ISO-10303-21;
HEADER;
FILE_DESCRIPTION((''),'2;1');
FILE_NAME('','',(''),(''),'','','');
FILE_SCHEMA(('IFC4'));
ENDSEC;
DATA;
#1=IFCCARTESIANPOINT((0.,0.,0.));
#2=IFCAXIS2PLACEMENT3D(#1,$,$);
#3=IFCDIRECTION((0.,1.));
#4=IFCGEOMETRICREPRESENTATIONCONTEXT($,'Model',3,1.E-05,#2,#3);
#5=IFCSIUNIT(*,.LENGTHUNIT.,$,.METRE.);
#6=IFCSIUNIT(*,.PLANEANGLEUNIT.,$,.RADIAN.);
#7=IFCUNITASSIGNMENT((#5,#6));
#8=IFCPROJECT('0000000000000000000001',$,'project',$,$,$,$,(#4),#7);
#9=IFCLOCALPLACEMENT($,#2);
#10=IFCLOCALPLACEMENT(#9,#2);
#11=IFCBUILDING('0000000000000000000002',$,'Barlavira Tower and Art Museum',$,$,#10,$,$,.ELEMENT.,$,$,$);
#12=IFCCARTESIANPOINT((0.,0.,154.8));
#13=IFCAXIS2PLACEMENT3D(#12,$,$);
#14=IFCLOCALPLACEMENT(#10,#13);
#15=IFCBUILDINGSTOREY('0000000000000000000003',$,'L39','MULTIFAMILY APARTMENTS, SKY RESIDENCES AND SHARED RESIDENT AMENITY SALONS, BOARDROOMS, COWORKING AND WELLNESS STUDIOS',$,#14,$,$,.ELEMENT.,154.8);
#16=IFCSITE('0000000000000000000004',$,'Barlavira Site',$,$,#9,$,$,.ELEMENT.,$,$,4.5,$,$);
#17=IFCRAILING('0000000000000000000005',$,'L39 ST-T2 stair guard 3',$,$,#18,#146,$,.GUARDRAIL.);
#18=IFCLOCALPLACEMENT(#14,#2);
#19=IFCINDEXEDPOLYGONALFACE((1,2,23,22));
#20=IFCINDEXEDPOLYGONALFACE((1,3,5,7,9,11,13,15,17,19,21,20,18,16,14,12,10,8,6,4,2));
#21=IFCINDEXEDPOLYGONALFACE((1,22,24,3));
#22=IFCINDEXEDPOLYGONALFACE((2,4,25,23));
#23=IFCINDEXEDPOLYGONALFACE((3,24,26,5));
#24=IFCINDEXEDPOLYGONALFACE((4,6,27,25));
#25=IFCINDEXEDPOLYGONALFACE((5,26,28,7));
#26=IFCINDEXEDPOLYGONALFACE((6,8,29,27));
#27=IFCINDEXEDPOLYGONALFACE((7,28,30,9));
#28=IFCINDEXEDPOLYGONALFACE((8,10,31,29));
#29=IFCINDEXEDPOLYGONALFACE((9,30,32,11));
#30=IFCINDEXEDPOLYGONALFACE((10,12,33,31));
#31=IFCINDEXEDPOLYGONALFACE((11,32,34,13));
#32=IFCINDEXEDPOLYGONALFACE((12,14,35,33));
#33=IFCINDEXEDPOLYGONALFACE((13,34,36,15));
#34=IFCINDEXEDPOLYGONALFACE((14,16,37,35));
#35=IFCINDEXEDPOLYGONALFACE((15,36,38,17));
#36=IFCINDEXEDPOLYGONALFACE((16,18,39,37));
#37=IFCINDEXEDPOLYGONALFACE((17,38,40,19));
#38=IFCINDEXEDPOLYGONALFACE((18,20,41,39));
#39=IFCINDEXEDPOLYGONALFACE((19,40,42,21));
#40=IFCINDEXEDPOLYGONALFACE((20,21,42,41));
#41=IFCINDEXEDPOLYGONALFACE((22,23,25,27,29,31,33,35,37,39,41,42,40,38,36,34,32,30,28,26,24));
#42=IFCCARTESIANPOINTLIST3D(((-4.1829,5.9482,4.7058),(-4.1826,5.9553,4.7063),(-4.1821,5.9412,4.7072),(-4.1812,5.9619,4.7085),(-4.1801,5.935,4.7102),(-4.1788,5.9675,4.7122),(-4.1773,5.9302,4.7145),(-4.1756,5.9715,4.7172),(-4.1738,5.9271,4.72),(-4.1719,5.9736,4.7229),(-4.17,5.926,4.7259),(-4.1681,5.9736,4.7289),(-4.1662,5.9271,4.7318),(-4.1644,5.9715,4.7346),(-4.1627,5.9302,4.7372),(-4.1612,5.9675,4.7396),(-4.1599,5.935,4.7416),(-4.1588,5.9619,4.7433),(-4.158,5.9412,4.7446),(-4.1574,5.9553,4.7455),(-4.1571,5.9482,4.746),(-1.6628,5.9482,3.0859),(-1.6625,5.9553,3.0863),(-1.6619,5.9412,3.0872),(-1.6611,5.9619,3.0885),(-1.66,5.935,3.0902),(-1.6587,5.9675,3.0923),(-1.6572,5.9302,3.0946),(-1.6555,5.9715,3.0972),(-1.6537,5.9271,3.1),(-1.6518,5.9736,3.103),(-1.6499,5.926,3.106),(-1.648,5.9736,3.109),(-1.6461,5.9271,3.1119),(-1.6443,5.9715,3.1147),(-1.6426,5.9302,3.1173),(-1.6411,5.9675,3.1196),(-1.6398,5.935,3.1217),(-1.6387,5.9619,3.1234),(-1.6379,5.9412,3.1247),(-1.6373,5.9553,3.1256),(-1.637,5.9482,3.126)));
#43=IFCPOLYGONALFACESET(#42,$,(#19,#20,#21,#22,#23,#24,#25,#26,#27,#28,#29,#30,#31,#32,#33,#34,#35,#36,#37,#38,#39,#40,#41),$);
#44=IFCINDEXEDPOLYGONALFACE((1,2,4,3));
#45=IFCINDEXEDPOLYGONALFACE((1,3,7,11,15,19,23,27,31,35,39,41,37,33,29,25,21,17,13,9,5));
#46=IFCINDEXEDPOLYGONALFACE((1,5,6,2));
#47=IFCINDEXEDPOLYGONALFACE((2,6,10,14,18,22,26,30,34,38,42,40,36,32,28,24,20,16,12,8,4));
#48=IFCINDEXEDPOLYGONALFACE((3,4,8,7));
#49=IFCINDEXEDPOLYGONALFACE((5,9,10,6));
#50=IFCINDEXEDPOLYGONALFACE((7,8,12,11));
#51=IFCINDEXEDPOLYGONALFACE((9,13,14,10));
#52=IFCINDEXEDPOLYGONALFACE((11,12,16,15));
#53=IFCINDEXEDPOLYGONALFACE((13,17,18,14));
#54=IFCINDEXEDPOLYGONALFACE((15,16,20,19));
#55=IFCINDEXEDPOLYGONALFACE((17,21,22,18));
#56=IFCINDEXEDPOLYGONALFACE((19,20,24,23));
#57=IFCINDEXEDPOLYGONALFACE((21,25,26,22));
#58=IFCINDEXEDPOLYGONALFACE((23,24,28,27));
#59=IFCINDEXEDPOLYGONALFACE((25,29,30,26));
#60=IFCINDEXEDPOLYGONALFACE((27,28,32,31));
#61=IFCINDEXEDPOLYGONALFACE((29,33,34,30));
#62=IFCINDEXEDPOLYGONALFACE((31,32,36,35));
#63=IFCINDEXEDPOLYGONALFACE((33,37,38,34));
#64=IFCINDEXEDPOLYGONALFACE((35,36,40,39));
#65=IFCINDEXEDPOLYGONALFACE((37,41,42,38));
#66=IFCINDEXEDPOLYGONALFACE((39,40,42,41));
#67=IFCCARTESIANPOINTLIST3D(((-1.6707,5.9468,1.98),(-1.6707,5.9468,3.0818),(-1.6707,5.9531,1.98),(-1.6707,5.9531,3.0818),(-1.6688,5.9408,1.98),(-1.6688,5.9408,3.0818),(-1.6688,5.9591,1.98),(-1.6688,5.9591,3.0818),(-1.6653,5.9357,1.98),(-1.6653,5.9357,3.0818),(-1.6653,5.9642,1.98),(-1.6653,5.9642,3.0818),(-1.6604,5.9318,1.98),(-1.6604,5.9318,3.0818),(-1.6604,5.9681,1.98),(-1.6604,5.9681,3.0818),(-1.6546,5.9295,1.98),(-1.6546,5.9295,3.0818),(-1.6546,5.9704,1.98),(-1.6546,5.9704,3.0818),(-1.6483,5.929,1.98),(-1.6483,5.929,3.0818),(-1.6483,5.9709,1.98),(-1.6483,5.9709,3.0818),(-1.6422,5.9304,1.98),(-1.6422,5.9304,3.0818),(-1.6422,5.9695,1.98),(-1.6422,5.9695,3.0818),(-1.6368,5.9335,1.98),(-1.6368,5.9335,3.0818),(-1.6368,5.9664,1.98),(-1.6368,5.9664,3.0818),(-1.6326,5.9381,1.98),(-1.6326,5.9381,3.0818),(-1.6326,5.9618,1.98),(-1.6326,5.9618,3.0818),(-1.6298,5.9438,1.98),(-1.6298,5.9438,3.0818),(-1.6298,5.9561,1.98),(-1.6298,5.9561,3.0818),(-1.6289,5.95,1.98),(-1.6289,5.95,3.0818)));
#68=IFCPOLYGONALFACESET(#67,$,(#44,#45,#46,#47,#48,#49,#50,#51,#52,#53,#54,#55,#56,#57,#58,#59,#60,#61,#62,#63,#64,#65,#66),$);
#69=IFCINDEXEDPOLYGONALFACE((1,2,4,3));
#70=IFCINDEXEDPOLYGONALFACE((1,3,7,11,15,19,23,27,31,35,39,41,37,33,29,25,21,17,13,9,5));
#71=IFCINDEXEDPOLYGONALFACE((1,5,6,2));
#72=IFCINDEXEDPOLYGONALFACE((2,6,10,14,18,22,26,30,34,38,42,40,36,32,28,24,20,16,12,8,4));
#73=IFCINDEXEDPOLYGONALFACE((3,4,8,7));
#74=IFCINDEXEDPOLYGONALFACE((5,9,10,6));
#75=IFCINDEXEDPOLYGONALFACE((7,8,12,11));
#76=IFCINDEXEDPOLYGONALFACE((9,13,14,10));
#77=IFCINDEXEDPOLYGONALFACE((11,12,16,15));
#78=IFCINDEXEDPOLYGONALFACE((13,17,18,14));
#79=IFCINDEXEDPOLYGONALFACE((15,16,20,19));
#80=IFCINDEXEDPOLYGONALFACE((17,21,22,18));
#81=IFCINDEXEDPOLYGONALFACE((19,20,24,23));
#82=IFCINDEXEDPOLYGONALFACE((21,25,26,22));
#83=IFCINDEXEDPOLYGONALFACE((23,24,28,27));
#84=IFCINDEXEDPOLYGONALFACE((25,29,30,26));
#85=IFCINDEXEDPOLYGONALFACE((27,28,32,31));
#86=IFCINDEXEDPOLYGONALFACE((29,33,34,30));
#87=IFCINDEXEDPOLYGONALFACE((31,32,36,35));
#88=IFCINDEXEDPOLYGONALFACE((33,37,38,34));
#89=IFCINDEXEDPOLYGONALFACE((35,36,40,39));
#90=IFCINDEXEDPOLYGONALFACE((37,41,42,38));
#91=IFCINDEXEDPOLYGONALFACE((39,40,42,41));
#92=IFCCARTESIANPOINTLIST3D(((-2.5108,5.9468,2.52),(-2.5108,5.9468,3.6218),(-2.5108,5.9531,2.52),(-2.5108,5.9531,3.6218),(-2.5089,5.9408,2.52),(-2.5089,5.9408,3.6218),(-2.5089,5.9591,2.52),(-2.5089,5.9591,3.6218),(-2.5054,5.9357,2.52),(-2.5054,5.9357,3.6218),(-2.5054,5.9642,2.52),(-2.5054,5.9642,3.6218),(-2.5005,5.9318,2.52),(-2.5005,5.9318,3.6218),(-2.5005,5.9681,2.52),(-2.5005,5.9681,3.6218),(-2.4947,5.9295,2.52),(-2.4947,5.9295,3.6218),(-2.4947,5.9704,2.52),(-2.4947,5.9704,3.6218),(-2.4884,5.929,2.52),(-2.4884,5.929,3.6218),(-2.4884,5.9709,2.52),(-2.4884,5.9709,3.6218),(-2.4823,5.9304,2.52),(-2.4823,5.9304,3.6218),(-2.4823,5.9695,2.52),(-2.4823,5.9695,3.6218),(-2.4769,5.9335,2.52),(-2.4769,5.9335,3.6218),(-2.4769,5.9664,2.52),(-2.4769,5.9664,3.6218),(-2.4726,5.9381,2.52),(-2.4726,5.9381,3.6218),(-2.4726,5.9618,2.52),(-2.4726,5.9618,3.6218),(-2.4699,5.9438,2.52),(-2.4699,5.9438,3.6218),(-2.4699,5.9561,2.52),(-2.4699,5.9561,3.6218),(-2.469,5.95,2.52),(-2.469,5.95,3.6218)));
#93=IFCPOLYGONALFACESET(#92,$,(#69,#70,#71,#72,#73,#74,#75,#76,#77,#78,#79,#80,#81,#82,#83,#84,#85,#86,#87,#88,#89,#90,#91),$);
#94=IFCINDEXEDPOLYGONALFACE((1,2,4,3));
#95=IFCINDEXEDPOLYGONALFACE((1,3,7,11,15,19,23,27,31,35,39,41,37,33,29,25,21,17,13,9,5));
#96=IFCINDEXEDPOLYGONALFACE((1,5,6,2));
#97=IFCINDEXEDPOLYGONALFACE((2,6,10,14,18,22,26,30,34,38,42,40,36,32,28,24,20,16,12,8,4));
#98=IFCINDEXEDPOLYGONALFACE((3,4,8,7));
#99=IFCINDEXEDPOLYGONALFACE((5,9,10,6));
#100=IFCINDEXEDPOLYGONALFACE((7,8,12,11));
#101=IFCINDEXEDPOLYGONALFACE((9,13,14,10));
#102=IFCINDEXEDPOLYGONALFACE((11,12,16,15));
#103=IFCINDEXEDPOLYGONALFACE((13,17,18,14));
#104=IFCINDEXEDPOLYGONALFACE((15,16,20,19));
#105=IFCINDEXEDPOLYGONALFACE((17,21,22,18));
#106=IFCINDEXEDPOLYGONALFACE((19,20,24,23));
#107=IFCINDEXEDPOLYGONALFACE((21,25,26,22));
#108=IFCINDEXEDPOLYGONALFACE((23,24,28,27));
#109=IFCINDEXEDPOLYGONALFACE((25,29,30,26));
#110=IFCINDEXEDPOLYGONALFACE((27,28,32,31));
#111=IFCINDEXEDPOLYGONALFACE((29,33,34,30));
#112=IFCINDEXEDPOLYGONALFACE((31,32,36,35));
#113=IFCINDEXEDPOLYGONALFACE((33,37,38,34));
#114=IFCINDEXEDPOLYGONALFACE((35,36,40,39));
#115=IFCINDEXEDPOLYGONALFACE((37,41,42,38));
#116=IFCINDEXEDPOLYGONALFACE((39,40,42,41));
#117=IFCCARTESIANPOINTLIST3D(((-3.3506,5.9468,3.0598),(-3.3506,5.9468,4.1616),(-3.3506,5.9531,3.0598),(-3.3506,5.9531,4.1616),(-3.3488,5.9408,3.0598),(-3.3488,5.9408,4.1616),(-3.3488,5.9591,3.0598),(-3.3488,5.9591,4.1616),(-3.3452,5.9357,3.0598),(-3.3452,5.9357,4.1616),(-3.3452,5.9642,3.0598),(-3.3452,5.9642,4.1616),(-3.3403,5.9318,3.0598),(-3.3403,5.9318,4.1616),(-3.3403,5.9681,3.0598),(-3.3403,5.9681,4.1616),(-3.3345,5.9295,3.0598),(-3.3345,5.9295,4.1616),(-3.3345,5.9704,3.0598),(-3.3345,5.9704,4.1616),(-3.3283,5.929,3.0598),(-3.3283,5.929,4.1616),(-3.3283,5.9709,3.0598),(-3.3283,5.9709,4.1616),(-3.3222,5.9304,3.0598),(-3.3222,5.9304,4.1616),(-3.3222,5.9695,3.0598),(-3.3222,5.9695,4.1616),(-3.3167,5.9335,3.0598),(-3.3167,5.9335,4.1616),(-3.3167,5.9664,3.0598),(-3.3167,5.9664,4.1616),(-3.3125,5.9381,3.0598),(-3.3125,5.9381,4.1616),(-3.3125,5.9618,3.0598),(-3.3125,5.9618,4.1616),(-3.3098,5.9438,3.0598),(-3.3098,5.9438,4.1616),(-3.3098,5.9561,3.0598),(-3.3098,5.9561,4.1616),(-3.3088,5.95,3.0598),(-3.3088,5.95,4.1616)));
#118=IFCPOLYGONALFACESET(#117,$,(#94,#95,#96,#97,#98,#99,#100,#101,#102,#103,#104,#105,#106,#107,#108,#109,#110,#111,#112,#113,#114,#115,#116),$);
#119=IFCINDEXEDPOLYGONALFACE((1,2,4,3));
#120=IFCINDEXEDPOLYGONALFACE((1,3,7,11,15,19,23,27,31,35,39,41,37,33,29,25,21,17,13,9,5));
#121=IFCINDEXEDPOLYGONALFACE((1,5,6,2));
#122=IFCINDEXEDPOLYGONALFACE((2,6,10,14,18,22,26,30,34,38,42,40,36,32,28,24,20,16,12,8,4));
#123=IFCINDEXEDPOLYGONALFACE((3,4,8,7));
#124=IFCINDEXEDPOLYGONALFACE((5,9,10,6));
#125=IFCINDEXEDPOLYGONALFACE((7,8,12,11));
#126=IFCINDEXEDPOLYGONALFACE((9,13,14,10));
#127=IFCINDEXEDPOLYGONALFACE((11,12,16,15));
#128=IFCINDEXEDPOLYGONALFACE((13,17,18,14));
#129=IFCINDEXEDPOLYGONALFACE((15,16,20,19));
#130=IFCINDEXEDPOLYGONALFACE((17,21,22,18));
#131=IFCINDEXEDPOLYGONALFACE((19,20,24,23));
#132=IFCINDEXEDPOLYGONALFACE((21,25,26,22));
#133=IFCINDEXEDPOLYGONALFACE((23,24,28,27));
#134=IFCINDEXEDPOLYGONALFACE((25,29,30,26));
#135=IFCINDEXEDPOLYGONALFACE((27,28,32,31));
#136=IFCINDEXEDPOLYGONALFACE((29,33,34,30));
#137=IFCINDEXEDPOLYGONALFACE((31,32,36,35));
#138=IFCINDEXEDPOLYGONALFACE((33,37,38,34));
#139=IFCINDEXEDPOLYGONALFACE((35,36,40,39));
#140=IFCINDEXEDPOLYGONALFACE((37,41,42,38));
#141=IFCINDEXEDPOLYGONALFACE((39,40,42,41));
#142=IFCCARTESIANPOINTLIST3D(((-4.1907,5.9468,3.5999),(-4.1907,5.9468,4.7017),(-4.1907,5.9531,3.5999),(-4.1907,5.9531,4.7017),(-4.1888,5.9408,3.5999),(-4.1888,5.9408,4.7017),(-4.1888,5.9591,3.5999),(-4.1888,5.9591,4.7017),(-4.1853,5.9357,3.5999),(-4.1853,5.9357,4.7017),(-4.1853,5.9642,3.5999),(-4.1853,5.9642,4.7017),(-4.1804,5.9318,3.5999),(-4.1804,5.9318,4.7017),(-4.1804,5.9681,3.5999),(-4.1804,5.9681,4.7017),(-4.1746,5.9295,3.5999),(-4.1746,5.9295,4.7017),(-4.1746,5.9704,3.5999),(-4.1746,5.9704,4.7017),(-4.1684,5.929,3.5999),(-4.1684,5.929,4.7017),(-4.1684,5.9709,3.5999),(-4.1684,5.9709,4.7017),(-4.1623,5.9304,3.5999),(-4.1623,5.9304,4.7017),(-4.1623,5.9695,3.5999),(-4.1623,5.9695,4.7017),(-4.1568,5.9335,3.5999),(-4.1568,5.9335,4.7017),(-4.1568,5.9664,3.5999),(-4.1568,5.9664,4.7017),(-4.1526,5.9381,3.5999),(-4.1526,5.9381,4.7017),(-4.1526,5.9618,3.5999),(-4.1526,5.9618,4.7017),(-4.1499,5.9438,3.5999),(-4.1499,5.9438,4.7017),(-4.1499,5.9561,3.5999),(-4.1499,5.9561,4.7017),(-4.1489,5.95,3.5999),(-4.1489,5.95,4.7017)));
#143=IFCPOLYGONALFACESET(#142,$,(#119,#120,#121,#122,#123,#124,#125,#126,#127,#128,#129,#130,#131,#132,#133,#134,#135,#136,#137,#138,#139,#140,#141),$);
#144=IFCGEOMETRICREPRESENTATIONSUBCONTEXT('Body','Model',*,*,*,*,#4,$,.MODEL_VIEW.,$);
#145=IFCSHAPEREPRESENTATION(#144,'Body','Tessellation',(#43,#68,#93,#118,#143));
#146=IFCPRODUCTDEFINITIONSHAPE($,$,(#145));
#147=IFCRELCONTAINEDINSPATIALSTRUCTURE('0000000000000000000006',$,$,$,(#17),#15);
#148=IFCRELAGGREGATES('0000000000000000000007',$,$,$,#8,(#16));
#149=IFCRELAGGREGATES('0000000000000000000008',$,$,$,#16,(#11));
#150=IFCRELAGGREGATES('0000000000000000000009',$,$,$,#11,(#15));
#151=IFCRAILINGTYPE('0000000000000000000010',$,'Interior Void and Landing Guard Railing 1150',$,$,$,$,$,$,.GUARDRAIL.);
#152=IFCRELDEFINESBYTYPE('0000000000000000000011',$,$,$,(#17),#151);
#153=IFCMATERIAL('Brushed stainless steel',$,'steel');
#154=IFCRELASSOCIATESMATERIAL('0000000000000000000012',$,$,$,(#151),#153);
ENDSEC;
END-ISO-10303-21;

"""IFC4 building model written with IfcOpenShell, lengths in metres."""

from ifc_helpers import new_model, si_unit, direction, frame, origin, origin_2d, place, context, subcontext, project, spatial, circle, extrude, material, type_object, element, save


model = new_model("IFC4")

# Units and contexts
model_context = context("Model", 3, precision=1e-05, world=origin(), true_north=direction((0.0, 1.0)))
body_context = subcontext(model_context, "Body", "Model", "MODEL_VIEW")
ifc_project = project(units=[si_unit("LENGTHUNIT", "METRE"), si_unit("PLANEANGLEUNIT", "RADIAN")], contexts=[model_context])

# Site, building, storey
site_placement = place(None, origin())
site = spatial("IfcSite", under=ifc_project, at=site_placement, Name="Barlavira Site", CompositionType="ELEMENT", RefElevation=4.5)
building_placement = place(site_placement, origin())
building = spatial("IfcBuilding", under=site, at=building_placement, Name="Barlavira Tower and Art Museum", CompositionType="ELEMENT")
storey_placement = place(building_placement, frame((0.0, 0.0, 154.8)))
storey = spatial("IfcBuildingStorey", under=building, at=storey_placement, Name="L39", Description="MULTIFAMILY APARTMENTS, SKY RESIDENCES AND SHARED RESIDENT AMENITY SALONS, BOARDROOMS, COWORKING AND WELLNESS STUDIOS", CompositionType="ELEMENT", Elevation=154.8)

# Shared definitions
ifc_material_1 = material(Name="Brushed stainless steel", Category="steel")

# Railing
railing_type_1 = type_object("IfcRailingType", Name="Interior Void and Landing Guard Railing 1150", PredefinedType="GUARDRAIL", material=ifc_material_1)
railing_1_placement = place(storey_placement, frame((-1.6499, 5.95, 1.98)))
element("IfcRailing", 1, at=railing_1_placement, inside=storey, type_object=railing_type_1, Name="L39 ST-T2 stair guard 3", PredefinedType="GUARDRAIL", context=body_context, shape_type="SweptSolid", body=[
    extrude(circle(Radius=0.0239, at=origin_2d()), frame((0.0, 0.0, 1.126), z_axis=(-0.8412, 0.0, 0.540725), x_axis=(0.0, -1.0, 0.0)), (0.0, 0.0, 1.0), 2.9958),
    extrude(circle(Radius=0.021, at=origin_2d()), origin(), (0.0, 0.0, 1.0), 1.1018),
    extrude(circle(Radius=0.021, at=origin_2d()), frame((-0.8401, 0.0, 0.54)), (0.0, 0.0, 1.0), 1.1018),
    extrude(circle(Radius=0.021, at=origin_2d()), frame((-1.6799, 0.0, 1.0798)), (0.0, 0.0, 1.0), 1.1018),
    extrude(circle(Radius=0.021, at=origin_2d()), frame((-2.52, 0.0, 1.6199)), (0.0, 0.0, 1.0), 1.1018),
])

save(model, "model.ifc")
